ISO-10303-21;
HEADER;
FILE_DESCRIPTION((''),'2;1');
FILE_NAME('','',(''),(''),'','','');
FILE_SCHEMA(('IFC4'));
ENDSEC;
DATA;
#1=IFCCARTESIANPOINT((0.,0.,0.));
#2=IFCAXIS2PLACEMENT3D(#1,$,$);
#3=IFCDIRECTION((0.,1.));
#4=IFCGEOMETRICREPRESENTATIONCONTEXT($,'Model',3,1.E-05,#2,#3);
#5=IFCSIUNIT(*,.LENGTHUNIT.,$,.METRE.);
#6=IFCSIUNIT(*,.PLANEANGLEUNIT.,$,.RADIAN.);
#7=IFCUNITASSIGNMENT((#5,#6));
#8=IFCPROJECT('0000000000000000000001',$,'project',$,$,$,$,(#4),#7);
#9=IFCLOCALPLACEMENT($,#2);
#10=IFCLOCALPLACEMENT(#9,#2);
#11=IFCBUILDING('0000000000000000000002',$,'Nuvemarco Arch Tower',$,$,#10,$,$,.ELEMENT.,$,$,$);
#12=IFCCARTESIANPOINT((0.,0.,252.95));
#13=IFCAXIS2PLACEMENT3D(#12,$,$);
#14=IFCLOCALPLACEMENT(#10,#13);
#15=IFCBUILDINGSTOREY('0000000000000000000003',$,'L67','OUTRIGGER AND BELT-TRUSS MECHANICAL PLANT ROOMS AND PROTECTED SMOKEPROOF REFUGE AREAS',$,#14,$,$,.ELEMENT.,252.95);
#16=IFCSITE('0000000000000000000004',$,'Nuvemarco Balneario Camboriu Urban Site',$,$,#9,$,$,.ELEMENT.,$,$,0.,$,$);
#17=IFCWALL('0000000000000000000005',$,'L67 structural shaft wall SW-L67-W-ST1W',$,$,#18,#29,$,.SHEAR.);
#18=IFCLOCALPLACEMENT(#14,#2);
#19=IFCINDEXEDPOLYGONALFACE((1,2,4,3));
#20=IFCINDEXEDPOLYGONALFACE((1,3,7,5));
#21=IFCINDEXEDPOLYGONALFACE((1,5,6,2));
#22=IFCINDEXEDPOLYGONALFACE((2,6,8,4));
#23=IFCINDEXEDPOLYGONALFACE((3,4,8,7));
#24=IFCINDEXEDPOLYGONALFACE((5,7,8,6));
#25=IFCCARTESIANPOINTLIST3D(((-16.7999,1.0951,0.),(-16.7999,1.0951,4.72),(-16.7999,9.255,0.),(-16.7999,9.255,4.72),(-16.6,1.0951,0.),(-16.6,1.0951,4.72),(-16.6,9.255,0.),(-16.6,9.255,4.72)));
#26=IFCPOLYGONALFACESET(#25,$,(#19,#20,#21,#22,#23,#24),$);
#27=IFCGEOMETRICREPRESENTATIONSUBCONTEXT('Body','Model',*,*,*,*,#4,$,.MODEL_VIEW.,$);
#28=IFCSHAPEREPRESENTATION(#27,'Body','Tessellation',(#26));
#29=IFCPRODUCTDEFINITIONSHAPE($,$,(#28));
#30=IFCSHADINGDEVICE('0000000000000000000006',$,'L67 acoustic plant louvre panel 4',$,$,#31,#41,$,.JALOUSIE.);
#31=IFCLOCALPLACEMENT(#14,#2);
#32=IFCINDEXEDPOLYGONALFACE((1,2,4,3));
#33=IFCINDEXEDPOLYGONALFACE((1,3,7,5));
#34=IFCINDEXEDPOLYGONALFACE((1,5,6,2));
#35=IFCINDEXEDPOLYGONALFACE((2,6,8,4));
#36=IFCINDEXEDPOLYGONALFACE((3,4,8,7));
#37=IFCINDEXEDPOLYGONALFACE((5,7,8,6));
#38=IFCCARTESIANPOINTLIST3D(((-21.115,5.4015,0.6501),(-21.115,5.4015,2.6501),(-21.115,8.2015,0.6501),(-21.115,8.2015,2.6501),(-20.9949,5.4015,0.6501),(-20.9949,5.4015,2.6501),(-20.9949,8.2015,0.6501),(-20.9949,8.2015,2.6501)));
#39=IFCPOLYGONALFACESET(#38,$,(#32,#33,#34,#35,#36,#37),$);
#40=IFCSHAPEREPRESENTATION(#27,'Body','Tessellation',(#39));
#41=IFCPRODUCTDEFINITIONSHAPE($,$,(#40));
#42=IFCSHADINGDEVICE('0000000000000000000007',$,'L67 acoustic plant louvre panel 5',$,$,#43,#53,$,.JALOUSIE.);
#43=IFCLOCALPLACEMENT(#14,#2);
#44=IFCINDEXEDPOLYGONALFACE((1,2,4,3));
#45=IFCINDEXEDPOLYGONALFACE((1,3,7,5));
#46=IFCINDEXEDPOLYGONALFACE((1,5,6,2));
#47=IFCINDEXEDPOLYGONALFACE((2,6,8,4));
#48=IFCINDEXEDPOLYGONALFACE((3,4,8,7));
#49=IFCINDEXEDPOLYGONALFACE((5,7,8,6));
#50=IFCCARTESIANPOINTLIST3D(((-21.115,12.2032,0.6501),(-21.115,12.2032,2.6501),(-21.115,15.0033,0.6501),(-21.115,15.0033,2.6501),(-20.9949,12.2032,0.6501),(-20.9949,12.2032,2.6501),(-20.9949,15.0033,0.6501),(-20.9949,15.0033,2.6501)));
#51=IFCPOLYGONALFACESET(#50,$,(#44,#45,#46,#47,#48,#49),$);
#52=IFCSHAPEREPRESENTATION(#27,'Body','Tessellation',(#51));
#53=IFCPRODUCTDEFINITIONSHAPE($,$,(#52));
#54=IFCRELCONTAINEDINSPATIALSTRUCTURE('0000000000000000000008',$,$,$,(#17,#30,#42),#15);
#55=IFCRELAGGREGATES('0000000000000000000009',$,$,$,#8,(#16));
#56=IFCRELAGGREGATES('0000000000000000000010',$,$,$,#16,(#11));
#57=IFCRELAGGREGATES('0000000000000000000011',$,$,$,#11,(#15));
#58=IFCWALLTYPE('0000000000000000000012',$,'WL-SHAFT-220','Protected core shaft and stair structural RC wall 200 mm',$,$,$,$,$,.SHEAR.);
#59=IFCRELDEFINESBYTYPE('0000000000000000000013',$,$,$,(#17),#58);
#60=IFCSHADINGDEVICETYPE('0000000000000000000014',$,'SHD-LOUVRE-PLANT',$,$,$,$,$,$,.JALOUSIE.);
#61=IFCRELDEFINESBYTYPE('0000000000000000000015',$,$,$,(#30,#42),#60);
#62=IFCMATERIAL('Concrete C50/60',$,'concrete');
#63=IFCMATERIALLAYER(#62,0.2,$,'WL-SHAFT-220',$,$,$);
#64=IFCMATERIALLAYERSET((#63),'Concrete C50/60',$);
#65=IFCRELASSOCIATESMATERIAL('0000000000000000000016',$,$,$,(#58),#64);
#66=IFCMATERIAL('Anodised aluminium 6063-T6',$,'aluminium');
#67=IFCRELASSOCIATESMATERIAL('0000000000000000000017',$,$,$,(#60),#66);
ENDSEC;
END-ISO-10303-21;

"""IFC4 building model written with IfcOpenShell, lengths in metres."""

from ifc_helpers import new_model, si_unit, direction, frame, frame_2d, origin, origin_2d, place, context, subcontext, project, spatial, rectangle, extrude, source, transform, mapped, material, layer, layer_set, type_object, type_shapes, element, save


model = new_model("IFC4")

# Units and contexts
model_context = context("Model", 3, precision=1e-05, world=origin(), true_north=direction((0.0, 1.0)))
body_context = subcontext(model_context, "Body", "Model", "MODEL_VIEW")
ifc_project = project(units=[si_unit("LENGTHUNIT", "METRE"), si_unit("PLANEANGLEUNIT", "RADIAN")], contexts=[model_context])

# Site, building, storey
site_placement = place(None, origin())
site = spatial("IfcSite", under=ifc_project, at=site_placement, Name="Nuvemarco Balneario Camboriu Urban Site", CompositionType="ELEMENT", RefElevation=0.0)
building_placement = place(site_placement, origin())
building = spatial("IfcBuilding", under=site, at=building_placement, Name="Nuvemarco Arch Tower", CompositionType="ELEMENT")
storey_placement = place(building_placement, frame((0.0, 0.0, 252.95)))
storey = spatial("IfcBuildingStorey", under=building, at=storey_placement, Name="L67", Description="OUTRIGGER AND BELT-TRUSS MECHANICAL PLANT ROOMS AND PROTECTED SMOKEPROOF REFUGE AREAS", CompositionType="ELEMENT", Elevation=252.95)

# Shared definitions
ifc_material_1 = material(Name="Concrete C50/60", Category="concrete")

# Wall
ifc_layer_1 = layer(ifc_material_1, 0.2, Name="WL-SHAFT-220")
ifc_layer_set_1 = layer_set([ifc_layer_1], Name="Concrete C50/60")
wall_type_1 = type_object("IfcWallType", Name="WL-SHAFT-220", Description="Protected core shaft and stair structural RC wall 200 mm", PredefinedType="SHEAR", material=ifc_layer_set_1)
wall_1_placement = place(storey_placement, frame((-16.7, 1.095, 0.0), z_axis=(0.0, 0.0, 1.0), x_axis=(0.0, 1.0, 0.0)))
element("IfcWall", 1, at=wall_1_placement, inside=storey, type_object=wall_type_1, Name="L67 structural shaft wall SW-L67-W-ST1W", PredefinedType="SHEAR", context=body_context, shape_type="SweptSolid", body=[
    extrude(rectangle(XDim=8.1599, YDim=0.2, at=frame_2d((4.0801, 0.0))), origin(), (0.0, 0.0, 1.0), 4.72),
])

# Shading devices
ifc_material_2 = material(Name="Anodised aluminium 6063-T6", Category="aluminium")
shading_device_type = type_object("IfcShadingDeviceType", Name="SHD-LOUVRE-PLANT", PredefinedType="JALOUSIE", material=ifc_material_2)
shared_shape_1 = source(origin(), body_context, "Body", "SweptSolid", [
    extrude(rectangle(XDim=2.8, YDim=0.1201, at=origin_2d()), origin(), (0.0, 0.0, 1.0), 2.0),
])
type_shapes(shading_device_type, [shared_shape_1])
for number, where, z_axis, x_axis, name in (
    (2, (-21.0549, 6.8015, 0.6501), (0.0, 0.0, 1.0), (0.0, 1.0, 0.0), "L67 acoustic plant louvre panel 4"),
    (3, (-21.0549, 13.6033, 0.6501), (0.0, 0.0, 1.0), (0.0, 1.0, 0.0), "L67 acoustic plant louvre panel 5"),
):
    element("IfcShadingDevice", number, at=place(storey_placement, frame(where, z_axis=z_axis, x_axis=x_axis)), inside=storey, type_object=shading_device_type, Name=name, PredefinedType="JALOUSIE", context=body_context, shape_type="MappedRepresentation", body=[
        mapped(shared_shape_1, transform((0.0, 0.0, 0.0), scale=1.0)),
    ])

save(model, "model.ifc")
